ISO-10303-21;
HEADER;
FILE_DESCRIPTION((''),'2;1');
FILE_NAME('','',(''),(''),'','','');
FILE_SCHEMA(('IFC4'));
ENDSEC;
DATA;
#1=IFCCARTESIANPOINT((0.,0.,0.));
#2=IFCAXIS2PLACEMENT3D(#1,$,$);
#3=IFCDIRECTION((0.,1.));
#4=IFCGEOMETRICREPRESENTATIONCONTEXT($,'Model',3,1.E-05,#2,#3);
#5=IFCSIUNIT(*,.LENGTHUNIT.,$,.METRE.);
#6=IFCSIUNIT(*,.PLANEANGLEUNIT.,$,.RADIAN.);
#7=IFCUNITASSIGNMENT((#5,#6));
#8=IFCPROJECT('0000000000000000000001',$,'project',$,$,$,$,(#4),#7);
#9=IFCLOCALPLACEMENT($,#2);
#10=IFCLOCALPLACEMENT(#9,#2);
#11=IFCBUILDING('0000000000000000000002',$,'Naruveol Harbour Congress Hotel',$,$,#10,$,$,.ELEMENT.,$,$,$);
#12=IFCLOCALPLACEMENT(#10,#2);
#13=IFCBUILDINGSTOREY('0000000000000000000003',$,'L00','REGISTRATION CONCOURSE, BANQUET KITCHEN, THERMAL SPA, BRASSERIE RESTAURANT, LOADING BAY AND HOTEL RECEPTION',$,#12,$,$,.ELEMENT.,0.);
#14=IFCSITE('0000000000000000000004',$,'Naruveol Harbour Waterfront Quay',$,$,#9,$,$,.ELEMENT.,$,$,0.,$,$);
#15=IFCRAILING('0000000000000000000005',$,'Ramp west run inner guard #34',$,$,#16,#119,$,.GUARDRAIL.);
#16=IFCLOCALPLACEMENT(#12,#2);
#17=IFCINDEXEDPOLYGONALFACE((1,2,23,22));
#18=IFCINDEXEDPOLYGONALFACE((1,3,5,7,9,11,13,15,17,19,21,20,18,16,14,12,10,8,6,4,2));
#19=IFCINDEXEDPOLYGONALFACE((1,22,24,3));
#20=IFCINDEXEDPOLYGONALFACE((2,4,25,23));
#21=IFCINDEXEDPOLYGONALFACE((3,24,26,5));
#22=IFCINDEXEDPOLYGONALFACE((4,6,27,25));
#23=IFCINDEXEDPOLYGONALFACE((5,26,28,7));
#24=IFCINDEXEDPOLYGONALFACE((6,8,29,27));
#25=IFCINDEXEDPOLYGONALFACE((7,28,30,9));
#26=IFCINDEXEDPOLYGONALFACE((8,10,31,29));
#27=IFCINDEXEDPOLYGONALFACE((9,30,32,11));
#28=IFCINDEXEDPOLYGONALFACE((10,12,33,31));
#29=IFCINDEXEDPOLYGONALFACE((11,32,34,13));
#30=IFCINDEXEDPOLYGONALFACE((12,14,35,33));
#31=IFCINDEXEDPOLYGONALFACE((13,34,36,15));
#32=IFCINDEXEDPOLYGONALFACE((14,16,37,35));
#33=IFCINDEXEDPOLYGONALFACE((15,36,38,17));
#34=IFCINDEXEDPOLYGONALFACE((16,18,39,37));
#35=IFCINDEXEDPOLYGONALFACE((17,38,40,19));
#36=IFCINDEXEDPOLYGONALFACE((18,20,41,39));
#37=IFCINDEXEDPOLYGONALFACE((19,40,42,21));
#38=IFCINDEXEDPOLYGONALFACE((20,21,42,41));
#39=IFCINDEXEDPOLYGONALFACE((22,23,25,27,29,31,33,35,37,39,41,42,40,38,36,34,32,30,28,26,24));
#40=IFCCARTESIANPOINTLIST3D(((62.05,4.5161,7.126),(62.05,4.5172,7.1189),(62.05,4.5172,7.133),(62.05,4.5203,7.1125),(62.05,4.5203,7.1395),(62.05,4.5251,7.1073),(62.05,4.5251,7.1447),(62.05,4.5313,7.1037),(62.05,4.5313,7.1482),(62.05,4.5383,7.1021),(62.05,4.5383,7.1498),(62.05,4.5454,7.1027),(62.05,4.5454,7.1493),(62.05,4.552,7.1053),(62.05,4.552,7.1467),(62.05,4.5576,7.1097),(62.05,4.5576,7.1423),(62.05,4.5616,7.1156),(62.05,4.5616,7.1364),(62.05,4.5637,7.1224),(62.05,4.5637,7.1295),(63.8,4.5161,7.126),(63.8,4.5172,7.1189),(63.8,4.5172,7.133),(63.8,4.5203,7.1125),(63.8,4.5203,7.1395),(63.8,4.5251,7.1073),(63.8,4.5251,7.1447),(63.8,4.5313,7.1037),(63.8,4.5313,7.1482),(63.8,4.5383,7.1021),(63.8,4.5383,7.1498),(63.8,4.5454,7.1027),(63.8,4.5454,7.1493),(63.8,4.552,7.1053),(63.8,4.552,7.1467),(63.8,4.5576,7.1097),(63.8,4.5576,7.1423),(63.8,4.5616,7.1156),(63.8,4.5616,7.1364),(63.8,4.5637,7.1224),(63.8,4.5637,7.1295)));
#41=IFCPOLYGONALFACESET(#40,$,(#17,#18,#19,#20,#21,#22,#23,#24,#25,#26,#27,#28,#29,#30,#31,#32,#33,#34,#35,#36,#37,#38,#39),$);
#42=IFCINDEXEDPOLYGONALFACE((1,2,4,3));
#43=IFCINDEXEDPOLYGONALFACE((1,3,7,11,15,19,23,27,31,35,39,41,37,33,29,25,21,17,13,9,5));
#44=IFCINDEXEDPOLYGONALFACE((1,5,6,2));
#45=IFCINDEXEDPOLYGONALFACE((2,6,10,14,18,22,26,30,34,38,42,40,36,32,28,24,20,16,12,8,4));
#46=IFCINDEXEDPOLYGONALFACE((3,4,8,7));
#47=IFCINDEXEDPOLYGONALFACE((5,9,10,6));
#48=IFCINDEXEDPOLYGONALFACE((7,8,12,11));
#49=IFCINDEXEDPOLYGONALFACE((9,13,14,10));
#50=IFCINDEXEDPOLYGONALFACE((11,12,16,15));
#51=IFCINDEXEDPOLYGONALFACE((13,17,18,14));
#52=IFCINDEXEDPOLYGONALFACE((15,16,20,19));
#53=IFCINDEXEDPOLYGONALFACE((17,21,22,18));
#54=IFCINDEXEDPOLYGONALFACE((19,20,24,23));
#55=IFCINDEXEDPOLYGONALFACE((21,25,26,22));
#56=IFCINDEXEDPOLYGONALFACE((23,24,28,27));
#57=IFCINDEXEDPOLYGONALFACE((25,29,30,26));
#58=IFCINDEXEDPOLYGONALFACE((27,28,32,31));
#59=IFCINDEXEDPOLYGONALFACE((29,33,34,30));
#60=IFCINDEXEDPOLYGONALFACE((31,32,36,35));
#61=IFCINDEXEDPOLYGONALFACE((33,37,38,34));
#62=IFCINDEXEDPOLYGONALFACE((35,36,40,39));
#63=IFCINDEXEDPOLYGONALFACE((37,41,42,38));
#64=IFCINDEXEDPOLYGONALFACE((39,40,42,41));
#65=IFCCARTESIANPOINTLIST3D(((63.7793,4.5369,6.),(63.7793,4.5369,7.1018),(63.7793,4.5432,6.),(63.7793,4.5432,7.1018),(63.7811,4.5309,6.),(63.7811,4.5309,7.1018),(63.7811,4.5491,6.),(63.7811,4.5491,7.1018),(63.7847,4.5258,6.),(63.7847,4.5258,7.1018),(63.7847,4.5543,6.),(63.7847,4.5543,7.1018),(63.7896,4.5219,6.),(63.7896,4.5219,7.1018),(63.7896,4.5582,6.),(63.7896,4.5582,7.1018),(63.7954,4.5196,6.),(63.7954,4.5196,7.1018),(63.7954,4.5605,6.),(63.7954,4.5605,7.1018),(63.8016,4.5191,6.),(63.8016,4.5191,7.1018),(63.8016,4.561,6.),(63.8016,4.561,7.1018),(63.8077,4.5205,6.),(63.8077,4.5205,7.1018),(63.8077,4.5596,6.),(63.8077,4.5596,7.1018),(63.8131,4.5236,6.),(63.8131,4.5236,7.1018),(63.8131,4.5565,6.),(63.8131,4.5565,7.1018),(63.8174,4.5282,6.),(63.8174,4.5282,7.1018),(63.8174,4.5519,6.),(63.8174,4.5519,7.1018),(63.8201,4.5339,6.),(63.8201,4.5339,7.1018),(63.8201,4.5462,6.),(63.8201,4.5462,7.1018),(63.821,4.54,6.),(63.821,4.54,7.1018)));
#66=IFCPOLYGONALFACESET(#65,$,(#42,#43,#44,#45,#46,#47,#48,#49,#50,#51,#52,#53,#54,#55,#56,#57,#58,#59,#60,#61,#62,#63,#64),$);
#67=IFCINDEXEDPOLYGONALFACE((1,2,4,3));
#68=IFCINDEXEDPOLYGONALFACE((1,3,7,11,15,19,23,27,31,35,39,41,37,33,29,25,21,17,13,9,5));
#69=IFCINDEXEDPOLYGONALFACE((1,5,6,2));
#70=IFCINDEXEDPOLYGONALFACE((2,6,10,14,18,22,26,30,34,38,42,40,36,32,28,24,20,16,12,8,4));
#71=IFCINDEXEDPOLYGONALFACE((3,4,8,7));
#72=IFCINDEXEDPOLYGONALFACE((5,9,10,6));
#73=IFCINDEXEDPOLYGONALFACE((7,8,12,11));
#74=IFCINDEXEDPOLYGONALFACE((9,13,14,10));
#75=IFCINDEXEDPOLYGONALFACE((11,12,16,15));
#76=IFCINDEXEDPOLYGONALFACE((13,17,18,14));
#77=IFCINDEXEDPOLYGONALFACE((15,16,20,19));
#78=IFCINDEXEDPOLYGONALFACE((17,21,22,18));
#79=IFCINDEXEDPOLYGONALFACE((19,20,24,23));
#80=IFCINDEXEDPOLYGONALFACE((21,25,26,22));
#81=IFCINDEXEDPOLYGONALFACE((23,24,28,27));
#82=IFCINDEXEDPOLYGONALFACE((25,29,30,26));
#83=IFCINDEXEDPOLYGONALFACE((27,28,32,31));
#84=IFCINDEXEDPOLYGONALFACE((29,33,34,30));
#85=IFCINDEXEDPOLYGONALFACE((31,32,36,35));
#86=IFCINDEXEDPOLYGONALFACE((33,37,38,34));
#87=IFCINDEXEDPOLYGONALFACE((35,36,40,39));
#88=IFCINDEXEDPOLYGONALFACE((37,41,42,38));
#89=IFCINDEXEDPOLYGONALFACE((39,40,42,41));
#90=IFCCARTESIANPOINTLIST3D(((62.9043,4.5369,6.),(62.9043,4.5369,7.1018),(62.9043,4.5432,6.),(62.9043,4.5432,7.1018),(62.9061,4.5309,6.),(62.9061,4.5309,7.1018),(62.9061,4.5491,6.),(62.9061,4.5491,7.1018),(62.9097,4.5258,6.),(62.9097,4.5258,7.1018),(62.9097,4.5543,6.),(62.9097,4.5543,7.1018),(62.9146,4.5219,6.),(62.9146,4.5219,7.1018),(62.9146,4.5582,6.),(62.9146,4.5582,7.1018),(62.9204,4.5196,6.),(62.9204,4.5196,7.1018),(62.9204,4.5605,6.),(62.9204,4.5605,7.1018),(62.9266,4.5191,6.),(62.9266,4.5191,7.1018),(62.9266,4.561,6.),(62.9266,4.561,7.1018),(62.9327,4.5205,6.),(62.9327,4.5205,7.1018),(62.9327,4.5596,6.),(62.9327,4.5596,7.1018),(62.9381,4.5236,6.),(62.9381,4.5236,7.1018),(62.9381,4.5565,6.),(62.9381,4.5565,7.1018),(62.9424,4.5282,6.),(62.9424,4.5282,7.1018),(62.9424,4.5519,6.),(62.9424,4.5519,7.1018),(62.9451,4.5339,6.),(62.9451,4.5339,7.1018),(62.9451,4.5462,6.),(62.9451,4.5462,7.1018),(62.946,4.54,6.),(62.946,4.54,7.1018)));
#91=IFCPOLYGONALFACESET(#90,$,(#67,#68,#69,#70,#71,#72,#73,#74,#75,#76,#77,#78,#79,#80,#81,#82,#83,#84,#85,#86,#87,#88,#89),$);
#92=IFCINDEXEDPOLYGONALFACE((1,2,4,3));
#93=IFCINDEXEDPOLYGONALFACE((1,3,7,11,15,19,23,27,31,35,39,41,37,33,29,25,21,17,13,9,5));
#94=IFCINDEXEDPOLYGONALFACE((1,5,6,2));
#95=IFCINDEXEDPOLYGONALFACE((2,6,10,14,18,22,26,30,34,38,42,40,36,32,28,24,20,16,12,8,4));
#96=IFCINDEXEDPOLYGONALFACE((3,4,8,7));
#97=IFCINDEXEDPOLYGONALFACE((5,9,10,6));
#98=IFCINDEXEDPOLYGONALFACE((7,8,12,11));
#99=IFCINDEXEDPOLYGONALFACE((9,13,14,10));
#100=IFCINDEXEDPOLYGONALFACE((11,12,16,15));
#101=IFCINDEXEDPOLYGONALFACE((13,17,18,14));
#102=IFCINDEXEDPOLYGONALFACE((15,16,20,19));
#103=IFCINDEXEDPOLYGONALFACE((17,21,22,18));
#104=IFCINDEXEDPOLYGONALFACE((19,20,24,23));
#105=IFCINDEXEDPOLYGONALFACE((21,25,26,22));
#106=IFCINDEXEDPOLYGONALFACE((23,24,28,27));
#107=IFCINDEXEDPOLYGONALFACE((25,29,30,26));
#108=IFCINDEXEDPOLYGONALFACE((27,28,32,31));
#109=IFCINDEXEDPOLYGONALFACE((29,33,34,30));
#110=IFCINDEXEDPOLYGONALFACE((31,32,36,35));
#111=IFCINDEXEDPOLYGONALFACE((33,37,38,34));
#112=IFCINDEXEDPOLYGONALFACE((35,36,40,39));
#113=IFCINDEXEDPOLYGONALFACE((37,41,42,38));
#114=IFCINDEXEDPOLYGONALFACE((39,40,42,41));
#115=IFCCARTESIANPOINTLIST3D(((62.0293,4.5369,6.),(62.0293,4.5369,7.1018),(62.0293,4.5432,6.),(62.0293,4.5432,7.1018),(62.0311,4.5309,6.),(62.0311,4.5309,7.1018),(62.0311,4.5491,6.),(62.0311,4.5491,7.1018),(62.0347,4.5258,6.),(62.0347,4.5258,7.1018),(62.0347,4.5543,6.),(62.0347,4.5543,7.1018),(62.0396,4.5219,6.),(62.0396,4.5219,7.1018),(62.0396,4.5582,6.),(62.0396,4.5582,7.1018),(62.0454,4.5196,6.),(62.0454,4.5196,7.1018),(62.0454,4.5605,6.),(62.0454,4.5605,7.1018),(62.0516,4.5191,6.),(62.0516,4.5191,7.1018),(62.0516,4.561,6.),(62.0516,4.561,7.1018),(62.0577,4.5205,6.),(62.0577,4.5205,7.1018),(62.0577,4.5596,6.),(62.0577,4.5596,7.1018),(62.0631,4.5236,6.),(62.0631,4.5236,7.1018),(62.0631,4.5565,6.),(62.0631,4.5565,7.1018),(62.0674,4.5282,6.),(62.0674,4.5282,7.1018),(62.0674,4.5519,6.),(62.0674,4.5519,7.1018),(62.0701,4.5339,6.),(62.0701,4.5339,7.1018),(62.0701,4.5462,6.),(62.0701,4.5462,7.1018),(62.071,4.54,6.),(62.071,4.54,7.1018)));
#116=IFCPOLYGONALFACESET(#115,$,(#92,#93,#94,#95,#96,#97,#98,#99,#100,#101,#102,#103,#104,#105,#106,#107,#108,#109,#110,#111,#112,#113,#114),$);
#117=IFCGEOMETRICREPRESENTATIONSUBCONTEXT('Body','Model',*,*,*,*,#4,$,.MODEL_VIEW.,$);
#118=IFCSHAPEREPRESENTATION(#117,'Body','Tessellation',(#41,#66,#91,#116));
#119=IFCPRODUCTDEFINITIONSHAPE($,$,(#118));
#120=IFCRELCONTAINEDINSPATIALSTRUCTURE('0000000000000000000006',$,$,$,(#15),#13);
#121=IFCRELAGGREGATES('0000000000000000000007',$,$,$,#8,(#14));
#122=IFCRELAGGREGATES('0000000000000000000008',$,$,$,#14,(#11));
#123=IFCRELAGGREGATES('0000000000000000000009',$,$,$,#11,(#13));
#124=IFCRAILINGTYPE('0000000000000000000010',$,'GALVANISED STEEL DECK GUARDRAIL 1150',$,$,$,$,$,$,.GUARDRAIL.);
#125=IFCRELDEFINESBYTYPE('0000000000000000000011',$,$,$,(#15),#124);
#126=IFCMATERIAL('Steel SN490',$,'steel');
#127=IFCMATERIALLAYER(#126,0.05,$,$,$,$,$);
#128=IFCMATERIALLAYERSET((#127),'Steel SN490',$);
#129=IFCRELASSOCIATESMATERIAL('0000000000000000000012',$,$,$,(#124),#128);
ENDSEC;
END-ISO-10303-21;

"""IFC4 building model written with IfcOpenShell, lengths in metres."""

from ifc_helpers import new_model, si_unit, direction, frame, origin, origin_2d, place, context, subcontext, project, spatial, circle, extrude, material, layer, layer_set, type_object, element, save


model = new_model("IFC4")

# Units and contexts
model_context = context("Model", 3, precision=1e-05, world=origin(), true_north=direction((0.0, 1.0)))
body_context = subcontext(model_context, "Body", "Model", "MODEL_VIEW")
ifc_project = project(units=[si_unit("LENGTHUNIT", "METRE"), si_unit("PLANEANGLEUNIT", "RADIAN")], contexts=[model_context])

# Site, building, storey
site_placement = place(None, origin())
site = spatial("IfcSite", under=ifc_project, at=site_placement, Name="Naruveol Harbour Waterfront Quay", CompositionType="ELEMENT", RefElevation=0.0)
building_placement = place(site_placement, origin())
building = spatial("IfcBuilding", under=site, at=building_placement, Name="Naruveol Harbour Congress Hotel", CompositionType="ELEMENT")
storey_placement = place(building_placement, origin())
storey = spatial("IfcBuildingStorey", under=building, at=storey_placement, Name="L00", Description="REGISTRATION CONCOURSE, BANQUET KITCHEN, THERMAL SPA, BRASSERIE RESTAURANT, LOADING BAY AND HOTEL RECEPTION", CompositionType="ELEMENT", Elevation=0.0)

# Railing
ifc_material_1 = material(Name="Steel SN490", Category="steel")
ifc_layer_1 = layer(ifc_material_1, 0.05)
ifc_layer_set_1 = layer_set([ifc_layer_1], Name="Steel SN490")
railing_type = type_object("IfcRailingType", Name="GALVANISED STEEL DECK GUARDRAIL 1150", PredefinedType="GUARDRAIL", material=ifc_layer_set_1)
railing_1_placement = place(storey_placement, frame((63.8, 4.54, 6.0)))
element("IfcRailing", 1, at=railing_1_placement, inside=storey, type_object=railing_type, Name="Ramp west run inner guard #34", PredefinedType="GUARDRAIL", context=body_context, shape_type="SweptSolid", body=[
    extrude(circle(Radius=0.0239, at=origin_2d()), frame((0.0, 0.0, 1.126), z_axis=(-1.0, 0.0, 0.0), x_axis=(0.0, -1.0, 0.0)), (0.0, 0.0, 1.0), 1.75),
    extrude(circle(Radius=0.021, at=origin_2d()), origin(), (0.0, 0.0, 1.0), 1.1018),
    extrude(circle(Radius=0.021, at=origin_2d()), frame((-0.875, 0.0, 0.0)), (0.0, 0.0, 1.0), 1.1018),
    extrude(circle(Radius=0.021, at=origin_2d()), frame((-1.75, 0.0, 0.0)), (0.0, 0.0, 1.0), 1.1018),
])

save(model, "model.ifc")
